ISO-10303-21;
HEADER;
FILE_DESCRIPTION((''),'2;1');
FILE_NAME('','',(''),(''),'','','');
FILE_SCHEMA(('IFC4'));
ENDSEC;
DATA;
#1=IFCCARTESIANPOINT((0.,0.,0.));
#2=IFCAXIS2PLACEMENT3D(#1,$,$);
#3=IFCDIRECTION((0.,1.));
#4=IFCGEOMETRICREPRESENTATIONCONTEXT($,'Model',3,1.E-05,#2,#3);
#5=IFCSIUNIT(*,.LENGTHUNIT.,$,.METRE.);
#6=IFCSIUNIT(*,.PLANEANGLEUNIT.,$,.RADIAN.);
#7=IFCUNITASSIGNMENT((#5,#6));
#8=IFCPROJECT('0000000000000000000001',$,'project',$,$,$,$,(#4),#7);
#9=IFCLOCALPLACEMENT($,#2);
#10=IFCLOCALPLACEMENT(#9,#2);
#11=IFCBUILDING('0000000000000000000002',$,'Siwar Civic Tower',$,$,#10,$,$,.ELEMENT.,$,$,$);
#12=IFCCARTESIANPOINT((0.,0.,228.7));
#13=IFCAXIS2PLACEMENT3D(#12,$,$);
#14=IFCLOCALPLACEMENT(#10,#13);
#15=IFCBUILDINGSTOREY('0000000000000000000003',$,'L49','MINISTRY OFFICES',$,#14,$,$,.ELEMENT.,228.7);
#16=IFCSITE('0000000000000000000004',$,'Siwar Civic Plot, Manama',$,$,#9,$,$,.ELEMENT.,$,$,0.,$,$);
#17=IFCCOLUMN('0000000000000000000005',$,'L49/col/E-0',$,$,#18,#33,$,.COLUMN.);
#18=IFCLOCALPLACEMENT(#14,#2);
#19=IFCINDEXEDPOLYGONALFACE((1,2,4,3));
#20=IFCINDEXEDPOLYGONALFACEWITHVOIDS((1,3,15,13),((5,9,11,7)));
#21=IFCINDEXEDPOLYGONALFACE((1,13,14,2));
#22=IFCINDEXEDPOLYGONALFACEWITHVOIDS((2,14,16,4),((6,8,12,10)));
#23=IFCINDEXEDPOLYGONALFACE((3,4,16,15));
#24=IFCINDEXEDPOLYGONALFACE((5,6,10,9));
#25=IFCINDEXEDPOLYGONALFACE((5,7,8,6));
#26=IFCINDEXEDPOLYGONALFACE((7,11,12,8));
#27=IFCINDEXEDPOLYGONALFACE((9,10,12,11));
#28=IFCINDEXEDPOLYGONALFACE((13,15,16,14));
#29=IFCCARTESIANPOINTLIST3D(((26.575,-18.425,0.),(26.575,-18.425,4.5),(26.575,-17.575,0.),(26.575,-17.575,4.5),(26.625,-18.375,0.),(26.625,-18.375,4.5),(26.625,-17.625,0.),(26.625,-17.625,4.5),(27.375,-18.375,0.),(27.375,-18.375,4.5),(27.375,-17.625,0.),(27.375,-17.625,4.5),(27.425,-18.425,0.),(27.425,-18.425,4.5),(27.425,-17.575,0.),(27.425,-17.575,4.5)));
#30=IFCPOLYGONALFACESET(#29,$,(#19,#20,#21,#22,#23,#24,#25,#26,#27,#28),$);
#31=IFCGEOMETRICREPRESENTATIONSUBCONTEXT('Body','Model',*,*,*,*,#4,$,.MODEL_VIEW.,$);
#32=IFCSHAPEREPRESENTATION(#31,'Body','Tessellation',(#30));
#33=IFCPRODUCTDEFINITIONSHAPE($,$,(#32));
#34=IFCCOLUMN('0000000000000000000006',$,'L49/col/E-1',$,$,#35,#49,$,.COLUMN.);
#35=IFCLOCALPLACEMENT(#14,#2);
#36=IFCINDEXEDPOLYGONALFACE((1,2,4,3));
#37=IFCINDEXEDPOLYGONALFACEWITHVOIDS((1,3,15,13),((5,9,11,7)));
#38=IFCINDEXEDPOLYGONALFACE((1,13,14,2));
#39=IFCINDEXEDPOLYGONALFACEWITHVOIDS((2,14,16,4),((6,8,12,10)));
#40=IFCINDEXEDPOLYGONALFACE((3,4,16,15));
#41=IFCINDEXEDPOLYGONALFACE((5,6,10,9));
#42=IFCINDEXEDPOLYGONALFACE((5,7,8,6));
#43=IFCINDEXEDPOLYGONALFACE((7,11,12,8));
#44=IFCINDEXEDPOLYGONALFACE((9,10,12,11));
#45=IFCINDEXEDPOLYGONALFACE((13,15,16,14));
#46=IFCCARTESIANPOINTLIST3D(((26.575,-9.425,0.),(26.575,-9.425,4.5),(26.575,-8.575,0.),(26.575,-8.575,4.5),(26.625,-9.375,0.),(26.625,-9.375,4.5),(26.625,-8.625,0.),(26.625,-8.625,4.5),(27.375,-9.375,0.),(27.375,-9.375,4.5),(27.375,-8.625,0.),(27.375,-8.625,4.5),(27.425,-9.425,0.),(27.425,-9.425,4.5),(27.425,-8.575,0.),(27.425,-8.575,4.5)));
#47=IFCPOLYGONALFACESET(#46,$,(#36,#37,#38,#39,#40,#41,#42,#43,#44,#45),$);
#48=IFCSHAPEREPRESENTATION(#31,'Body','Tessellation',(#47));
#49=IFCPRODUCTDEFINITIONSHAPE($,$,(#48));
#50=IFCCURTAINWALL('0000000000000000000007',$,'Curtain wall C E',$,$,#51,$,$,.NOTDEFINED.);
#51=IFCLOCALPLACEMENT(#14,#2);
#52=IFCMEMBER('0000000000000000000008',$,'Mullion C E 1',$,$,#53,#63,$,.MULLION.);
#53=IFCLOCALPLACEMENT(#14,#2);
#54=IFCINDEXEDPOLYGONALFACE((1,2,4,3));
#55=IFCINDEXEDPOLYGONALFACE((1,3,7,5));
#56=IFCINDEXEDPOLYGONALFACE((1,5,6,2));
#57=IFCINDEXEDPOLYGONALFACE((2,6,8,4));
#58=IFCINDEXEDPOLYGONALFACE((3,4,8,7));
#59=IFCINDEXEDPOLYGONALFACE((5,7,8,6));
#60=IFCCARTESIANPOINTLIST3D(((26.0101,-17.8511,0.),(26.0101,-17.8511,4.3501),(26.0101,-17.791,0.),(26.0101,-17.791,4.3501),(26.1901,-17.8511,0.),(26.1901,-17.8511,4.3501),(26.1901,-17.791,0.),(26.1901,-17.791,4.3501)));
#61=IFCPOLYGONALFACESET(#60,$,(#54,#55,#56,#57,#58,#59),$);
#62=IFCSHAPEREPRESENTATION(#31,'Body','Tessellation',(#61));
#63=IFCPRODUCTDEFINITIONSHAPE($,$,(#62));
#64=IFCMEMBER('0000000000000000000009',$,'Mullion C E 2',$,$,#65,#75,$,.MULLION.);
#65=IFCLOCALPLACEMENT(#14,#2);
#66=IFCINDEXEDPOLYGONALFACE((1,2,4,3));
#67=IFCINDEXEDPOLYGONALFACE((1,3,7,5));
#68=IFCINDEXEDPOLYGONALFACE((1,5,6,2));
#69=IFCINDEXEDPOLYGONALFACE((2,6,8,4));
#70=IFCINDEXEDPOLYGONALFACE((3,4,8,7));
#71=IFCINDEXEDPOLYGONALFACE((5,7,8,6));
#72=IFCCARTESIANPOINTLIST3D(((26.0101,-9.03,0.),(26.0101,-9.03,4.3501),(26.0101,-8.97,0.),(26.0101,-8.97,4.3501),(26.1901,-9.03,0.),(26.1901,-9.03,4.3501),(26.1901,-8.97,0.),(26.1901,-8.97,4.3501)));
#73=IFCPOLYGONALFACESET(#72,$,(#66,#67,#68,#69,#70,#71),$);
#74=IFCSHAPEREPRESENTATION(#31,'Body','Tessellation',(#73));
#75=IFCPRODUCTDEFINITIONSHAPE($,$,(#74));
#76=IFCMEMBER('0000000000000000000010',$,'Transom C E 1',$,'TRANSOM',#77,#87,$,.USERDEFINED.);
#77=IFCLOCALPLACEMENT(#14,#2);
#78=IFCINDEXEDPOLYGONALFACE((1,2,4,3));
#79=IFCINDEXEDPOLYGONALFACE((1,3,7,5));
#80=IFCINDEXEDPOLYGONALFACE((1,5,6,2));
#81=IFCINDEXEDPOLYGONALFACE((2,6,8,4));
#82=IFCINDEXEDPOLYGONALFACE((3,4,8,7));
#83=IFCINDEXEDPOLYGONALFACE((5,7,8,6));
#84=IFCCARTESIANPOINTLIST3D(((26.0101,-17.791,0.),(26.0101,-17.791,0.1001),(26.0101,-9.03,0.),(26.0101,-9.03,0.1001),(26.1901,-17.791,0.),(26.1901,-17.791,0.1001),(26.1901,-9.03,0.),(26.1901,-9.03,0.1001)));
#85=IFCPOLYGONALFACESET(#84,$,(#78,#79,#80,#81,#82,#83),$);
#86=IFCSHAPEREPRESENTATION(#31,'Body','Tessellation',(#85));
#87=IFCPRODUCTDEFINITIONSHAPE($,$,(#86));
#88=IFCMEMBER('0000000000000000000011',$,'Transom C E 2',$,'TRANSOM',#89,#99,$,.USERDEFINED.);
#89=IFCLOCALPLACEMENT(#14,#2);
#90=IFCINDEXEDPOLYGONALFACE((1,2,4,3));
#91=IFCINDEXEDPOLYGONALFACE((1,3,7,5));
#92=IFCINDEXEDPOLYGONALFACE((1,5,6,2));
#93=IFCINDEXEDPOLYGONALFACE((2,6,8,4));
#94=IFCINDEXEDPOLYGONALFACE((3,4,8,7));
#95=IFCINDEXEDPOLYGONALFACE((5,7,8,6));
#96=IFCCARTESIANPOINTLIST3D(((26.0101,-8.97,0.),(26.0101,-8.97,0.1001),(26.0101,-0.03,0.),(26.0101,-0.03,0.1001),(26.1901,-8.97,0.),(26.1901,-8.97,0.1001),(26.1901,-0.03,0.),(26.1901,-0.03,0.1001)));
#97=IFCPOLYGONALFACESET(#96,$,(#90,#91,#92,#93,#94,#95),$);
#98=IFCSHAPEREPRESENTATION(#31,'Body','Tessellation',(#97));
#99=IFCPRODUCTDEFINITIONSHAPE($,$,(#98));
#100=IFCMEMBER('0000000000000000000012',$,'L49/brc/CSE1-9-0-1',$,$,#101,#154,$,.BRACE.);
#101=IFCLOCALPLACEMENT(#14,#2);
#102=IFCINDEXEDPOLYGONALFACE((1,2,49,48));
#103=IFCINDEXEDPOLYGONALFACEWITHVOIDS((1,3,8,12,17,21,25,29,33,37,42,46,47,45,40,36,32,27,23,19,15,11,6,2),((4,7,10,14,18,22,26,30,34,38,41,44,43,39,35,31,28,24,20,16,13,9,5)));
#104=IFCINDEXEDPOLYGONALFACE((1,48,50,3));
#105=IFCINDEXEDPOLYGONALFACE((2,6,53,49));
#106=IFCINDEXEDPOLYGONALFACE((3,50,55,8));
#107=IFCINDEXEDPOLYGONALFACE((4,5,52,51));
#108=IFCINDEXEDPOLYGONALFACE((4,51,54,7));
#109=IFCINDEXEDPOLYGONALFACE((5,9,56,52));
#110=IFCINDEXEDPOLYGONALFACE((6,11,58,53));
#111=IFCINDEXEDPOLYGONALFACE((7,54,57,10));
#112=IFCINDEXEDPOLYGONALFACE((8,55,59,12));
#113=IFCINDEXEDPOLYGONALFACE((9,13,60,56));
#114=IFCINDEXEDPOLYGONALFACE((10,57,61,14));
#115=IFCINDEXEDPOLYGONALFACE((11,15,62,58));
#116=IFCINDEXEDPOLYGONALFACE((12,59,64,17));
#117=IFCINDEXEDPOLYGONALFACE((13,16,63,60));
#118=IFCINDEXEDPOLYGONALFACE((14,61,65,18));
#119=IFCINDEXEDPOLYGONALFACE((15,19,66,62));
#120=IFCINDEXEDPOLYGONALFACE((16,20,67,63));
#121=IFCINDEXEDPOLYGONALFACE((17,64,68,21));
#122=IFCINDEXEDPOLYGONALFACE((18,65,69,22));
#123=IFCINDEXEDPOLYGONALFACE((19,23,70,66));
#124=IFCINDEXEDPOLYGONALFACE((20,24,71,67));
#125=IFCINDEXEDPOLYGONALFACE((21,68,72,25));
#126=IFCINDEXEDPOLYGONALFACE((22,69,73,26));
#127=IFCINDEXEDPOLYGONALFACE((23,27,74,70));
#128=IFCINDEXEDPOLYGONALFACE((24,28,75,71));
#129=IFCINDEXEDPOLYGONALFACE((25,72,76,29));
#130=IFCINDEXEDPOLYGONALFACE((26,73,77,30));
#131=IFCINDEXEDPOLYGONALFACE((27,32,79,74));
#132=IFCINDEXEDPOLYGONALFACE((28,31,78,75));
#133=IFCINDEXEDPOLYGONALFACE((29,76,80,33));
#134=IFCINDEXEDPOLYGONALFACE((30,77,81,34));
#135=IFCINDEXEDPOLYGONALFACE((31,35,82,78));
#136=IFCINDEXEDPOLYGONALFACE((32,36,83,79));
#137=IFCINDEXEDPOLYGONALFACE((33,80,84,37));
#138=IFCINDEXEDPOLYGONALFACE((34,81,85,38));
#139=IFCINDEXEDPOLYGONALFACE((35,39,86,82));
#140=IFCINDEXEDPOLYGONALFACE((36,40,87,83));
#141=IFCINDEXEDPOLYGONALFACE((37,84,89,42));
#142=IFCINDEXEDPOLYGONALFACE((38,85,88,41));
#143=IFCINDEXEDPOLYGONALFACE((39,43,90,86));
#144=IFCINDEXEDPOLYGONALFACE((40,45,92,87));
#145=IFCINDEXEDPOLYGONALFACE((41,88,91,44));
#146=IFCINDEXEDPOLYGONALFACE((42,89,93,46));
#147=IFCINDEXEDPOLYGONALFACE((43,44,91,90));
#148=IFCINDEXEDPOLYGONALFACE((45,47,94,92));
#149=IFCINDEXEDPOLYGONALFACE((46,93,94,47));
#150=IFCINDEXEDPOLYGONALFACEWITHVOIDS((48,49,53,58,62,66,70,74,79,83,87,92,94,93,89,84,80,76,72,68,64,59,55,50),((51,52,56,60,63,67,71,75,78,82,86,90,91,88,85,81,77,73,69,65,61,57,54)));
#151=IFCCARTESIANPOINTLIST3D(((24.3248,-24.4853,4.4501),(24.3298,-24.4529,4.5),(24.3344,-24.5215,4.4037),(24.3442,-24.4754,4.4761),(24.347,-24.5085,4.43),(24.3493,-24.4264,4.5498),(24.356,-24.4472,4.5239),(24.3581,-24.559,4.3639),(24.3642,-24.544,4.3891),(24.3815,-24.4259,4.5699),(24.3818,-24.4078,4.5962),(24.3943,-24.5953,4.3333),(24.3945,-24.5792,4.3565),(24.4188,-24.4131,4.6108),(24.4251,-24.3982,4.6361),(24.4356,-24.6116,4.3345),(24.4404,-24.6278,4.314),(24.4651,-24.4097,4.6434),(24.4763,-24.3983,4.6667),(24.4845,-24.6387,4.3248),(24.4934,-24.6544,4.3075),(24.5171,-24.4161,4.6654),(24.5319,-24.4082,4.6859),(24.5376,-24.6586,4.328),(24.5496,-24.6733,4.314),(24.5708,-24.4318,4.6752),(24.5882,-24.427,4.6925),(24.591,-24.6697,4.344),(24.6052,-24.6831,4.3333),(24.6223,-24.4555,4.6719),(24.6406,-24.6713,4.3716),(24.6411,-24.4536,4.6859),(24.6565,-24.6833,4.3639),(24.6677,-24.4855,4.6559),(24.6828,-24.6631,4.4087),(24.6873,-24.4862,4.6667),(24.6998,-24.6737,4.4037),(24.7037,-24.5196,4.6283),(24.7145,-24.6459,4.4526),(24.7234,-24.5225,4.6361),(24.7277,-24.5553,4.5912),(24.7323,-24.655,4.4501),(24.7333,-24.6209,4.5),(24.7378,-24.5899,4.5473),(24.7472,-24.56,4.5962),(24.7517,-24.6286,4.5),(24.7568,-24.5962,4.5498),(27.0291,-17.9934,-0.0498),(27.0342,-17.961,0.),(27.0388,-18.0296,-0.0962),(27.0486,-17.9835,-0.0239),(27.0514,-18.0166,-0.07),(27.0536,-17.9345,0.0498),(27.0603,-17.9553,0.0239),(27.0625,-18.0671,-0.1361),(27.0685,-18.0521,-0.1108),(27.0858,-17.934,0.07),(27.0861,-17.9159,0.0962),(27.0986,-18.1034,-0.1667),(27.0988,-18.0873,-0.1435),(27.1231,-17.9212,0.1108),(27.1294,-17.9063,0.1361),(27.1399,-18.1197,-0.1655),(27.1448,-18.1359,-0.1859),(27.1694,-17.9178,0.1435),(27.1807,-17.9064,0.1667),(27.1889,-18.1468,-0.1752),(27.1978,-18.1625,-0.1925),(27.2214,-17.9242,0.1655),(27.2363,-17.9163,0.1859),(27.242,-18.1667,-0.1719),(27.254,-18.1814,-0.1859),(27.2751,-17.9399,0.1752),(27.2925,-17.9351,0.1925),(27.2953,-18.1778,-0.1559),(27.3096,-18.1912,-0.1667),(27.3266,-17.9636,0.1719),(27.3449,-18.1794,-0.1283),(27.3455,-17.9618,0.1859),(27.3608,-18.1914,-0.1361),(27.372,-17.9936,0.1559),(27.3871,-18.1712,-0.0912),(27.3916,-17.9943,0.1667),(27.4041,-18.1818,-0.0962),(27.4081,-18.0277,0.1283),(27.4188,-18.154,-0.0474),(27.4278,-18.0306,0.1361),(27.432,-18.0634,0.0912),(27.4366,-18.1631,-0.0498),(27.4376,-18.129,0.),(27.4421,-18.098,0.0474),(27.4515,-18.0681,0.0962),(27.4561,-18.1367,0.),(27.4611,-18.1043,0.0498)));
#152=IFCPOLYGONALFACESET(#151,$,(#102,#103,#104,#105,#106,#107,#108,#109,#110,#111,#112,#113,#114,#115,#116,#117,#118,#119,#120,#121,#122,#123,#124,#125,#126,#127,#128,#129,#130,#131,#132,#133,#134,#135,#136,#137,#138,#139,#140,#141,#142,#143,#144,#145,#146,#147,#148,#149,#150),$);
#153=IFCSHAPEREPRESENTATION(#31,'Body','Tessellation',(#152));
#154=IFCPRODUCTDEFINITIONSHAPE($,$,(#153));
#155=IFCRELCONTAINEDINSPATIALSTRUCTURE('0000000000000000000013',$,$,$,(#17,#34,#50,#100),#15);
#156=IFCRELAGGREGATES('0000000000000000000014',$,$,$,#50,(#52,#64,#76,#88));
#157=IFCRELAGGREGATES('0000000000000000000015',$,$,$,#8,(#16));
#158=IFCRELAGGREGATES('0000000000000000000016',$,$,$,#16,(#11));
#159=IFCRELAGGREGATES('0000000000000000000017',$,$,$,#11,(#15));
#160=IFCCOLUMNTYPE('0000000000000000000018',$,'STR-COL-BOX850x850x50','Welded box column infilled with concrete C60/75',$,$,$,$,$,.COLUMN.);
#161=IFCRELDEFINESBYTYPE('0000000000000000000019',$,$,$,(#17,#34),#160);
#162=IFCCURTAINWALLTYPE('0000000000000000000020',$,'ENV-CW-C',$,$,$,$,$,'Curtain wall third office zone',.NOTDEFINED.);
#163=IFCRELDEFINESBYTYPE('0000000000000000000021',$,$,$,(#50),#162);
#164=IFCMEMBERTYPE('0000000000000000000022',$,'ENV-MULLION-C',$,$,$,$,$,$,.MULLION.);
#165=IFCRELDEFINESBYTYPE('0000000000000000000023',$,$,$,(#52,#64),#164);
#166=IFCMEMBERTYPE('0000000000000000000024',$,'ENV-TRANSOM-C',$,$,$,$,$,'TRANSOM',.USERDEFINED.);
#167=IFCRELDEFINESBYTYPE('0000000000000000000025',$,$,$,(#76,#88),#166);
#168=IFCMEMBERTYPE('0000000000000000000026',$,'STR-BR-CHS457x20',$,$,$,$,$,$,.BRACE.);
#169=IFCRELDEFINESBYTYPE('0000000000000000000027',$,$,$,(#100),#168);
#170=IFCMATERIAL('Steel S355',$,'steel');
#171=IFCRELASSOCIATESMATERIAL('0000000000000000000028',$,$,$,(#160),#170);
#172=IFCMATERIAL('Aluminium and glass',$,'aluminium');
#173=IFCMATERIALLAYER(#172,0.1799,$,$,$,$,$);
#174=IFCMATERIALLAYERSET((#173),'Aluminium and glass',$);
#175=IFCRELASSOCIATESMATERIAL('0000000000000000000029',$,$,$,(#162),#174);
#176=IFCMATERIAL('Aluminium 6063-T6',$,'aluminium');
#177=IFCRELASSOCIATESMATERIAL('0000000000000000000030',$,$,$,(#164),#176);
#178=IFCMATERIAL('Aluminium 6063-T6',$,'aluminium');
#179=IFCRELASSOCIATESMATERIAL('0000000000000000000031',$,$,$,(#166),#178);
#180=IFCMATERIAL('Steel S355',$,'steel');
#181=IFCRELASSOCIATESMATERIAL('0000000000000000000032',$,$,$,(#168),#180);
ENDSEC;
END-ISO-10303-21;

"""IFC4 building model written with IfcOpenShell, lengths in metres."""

from ifc_helpers import new_model, si_unit, direction, frame, origin, origin_2d, place, context, subcontext, project, spatial, rectangle, hollow_rectangle, hollow_circle, extrude, material, layer, layer_set, material_profile, profile_set, type_object, element, aggregate, save


model = new_model("IFC4")

# Units and contexts
model_context = context("Model", 3, precision=1e-05, world=origin(), true_north=direction((0.0, 1.0)))
body_context = subcontext(model_context, "Body", "Model", "MODEL_VIEW")
ifc_project = project(units=[si_unit("LENGTHUNIT", "METRE"), si_unit("PLANEANGLEUNIT", "RADIAN")], contexts=[model_context])

# Site, building, storey
site_placement = place(None, origin())
site = spatial("IfcSite", under=ifc_project, at=site_placement, Name="Siwar Civic Plot, Manama", CompositionType="ELEMENT", RefElevation=0.0)
building_placement = place(site_placement, origin())
building = spatial("IfcBuilding", under=site, at=building_placement, Name="Siwar Civic Tower", CompositionType="ELEMENT")
storey_placement = place(building_placement, frame((0.0, 0.0, 228.7)))
storey = spatial("IfcBuildingStorey", under=building, at=storey_placement, Name="L49", Description="MINISTRY OFFICES", CompositionType="ELEMENT", Elevation=228.7)

# Columns
ifc_material_1 = material(Name="Steel S355", Category="steel")
ifc_material_profile_1 = material_profile(ifc_material_1, hollow_rectangle(XDim=0.8501, YDim=0.8501, WallThickness=0.05, at=origin_2d()), Name="BOX850x850x50")
ifc_profile_set_1 = profile_set([ifc_material_profile_1], Name="Steel S355")
column_type = type_object("IfcColumnType", Name="STR-COL-BOX850x850x50", Description="Welded box column infilled with concrete C60/75", PredefinedType="COLUMN", material=ifc_profile_set_1)
for number, where, z_axis, x_axis, name in (
    (1, (27.0, -18.0, 0.0), (0.0, 0.0, 1.0), (1.0, 0.0, 0.0), "L49/col/E-0"),
    (2, (27.0, -9.0, 0.0), (0.0, 0.0, 1.0), (1.0, 0.0, 0.0), "L49/col/E-1"),
):
    element("IfcColumn", number, at=place(storey_placement, frame(where, z_axis=z_axis, x_axis=x_axis)), inside=storey, type_object=column_type, Name=name, PredefinedType="COLUMN", context=body_context, shape_type="SweptSolid", body=[
        extrude(hollow_rectangle(XDim=0.8501, YDim=0.8501, WallThickness=0.05, at=origin_2d()), origin(), (0.0, 0.0, 1.0), 4.5),
    ])

# Curtain wall, members
ifc_material_2 = material(Name="Aluminium and glass", Category="aluminium")
ifc_layer_1 = layer(ifc_material_2, 0.1799)
ifc_layer_set_1 = layer_set([ifc_layer_1], Name="Aluminium and glass")
curtain_wall_type = type_object("IfcCurtainWallType", Name="ENV-CW-C", ElementType="Curtain wall third office zone", PredefinedType="NOTDEFINED", material=ifc_layer_set_1)
curtain_wall_placement = place(storey_placement, origin())
curtain_wall = element("IfcCurtainWall", 3, at=curtain_wall_placement, inside=storey, type_object=curtain_wall_type, Name="Curtain wall C E", PredefinedType="NOTDEFINED")
ifc_material_3 = material(Name="Aluminium 6063-T6", Category="aluminium")
ifc_material_profile_2 = material_profile(ifc_material_3, rectangle(XDim=0.1799, YDim=0.0601, at=origin_2d()), Name="AL 180x60")
ifc_profile_set_2 = profile_set([ifc_material_profile_2], Name="Aluminium 6063-T6")
member_type_1 = type_object("IfcMemberType", Name="ENV-MULLION-C", PredefinedType="MULLION", material=ifc_profile_set_2)
member_1_placement = place(storey_placement, frame((26.1001, -17.821, 0.0), z_axis=(0.0, 0.0, 1.0), x_axis=(-1.0, 0.0, 0.0)))
member_1 = element("IfcMember", 4, at=member_1_placement, type_object=member_type_1, Name="Mullion C E 1", PredefinedType="MULLION", context=body_context, shape_type="SweptSolid", body=[
    extrude(rectangle(XDim=0.1799, YDim=0.0601, at=origin_2d()), origin(), (0.0, 0.0, 1.0), 4.3501),
])
member_2_placement = place(storey_placement, frame((26.1001, -9.0, 0.0), z_axis=(0.0, 0.0, 1.0), x_axis=(-1.0, 0.0, 0.0)))
member_2 = element("IfcMember", 5, at=member_2_placement, type_object=member_type_1, Name="Mullion C E 2", PredefinedType="MULLION", context=body_context, shape_type="SweptSolid", body=[
    extrude(rectangle(XDim=0.1799, YDim=0.0601, at=origin_2d()), origin(), (0.0, 0.0, 1.0), 4.3501),
])
ifc_material_4 = material(Name="Aluminium 6063-T6", Category="aluminium")
ifc_material_profile_3 = material_profile(ifc_material_4, rectangle(XDim=0.1799, YDim=0.1001, at=origin_2d()), Name="AL 180x100")
ifc_profile_set_3 = profile_set([ifc_material_profile_3], Name="Aluminium 6063-T6")
member_type_2 = type_object("IfcMemberType", Name="ENV-TRANSOM-C", ElementType="TRANSOM", PredefinedType="USERDEFINED", material=ifc_profile_set_3)
member_3_placement = place(storey_placement, frame((26.1001, -17.791, 0.05), z_axis=(0.0, 1.0, 0.0), x_axis=(-1.0, 0.0, 0.0)))
member_3 = element("IfcMember", 6, at=member_3_placement, type_object=member_type_2, Name="Transom C E 1", ObjectType="TRANSOM", PredefinedType="USERDEFINED", context=body_context, shape_type="SweptSolid", body=[
    extrude(rectangle(XDim=0.1799, YDim=0.1001, at=origin_2d()), origin(), (0.0, 0.0, 1.0), 8.761),
])
member_4_placement = place(storey_placement, frame((26.1001, -8.97, 0.05), z_axis=(0.0, 1.0, 0.0), x_axis=(-1.0, 0.0, 0.0)))
member_4 = element("IfcMember", 7, at=member_4_placement, type_object=member_type_2, Name="Transom C E 2", ObjectType="TRANSOM", PredefinedType="USERDEFINED", context=body_context, shape_type="SweptSolid", body=[
    extrude(rectangle(XDim=0.1799, YDim=0.1001, at=origin_2d()), origin(), (0.0, 0.0, 1.0), 8.9399),
])

# Member
ifc_material_5 = material(Name="Steel S355", Category="steel")
ifc_material_profile_4 = material_profile(ifc_material_5, hollow_circle(Radius=0.2285, WallThickness=0.02, at=origin_2d()), Name="CHS457x20")
ifc_profile_set_4 = profile_set([ifc_material_profile_4], Name="Steel S355")
member_type_3 = type_object("IfcMemberType", Name="STR-BR-CHS457x20", PredefinedType="BRACE", material=ifc_profile_set_4)
member_5_placement = place(storey_placement, frame((27.2451, -18.0488, 0.0), z_axis=(-0.323906, -0.777555, 0.538975), x_axis=(0.923109, -0.384539, 0.0)))
element("IfcMember", 8, at=member_5_placement, inside=storey, type_object=member_type_3, Name="L49/brc/CSE1-9-0-1", PredefinedType="BRACE", context=body_context, shape_type="SweptSolid", body=[
    extrude(hollow_circle(Radius=0.2285, WallThickness=0.02, at=origin_2d()), origin(), (0.0, 0.0, 1.0), 8.3491),
])

aggregate(curtain_wall, [member_1, member_2, member_3, member_4])

save(model, "model.ifc")
